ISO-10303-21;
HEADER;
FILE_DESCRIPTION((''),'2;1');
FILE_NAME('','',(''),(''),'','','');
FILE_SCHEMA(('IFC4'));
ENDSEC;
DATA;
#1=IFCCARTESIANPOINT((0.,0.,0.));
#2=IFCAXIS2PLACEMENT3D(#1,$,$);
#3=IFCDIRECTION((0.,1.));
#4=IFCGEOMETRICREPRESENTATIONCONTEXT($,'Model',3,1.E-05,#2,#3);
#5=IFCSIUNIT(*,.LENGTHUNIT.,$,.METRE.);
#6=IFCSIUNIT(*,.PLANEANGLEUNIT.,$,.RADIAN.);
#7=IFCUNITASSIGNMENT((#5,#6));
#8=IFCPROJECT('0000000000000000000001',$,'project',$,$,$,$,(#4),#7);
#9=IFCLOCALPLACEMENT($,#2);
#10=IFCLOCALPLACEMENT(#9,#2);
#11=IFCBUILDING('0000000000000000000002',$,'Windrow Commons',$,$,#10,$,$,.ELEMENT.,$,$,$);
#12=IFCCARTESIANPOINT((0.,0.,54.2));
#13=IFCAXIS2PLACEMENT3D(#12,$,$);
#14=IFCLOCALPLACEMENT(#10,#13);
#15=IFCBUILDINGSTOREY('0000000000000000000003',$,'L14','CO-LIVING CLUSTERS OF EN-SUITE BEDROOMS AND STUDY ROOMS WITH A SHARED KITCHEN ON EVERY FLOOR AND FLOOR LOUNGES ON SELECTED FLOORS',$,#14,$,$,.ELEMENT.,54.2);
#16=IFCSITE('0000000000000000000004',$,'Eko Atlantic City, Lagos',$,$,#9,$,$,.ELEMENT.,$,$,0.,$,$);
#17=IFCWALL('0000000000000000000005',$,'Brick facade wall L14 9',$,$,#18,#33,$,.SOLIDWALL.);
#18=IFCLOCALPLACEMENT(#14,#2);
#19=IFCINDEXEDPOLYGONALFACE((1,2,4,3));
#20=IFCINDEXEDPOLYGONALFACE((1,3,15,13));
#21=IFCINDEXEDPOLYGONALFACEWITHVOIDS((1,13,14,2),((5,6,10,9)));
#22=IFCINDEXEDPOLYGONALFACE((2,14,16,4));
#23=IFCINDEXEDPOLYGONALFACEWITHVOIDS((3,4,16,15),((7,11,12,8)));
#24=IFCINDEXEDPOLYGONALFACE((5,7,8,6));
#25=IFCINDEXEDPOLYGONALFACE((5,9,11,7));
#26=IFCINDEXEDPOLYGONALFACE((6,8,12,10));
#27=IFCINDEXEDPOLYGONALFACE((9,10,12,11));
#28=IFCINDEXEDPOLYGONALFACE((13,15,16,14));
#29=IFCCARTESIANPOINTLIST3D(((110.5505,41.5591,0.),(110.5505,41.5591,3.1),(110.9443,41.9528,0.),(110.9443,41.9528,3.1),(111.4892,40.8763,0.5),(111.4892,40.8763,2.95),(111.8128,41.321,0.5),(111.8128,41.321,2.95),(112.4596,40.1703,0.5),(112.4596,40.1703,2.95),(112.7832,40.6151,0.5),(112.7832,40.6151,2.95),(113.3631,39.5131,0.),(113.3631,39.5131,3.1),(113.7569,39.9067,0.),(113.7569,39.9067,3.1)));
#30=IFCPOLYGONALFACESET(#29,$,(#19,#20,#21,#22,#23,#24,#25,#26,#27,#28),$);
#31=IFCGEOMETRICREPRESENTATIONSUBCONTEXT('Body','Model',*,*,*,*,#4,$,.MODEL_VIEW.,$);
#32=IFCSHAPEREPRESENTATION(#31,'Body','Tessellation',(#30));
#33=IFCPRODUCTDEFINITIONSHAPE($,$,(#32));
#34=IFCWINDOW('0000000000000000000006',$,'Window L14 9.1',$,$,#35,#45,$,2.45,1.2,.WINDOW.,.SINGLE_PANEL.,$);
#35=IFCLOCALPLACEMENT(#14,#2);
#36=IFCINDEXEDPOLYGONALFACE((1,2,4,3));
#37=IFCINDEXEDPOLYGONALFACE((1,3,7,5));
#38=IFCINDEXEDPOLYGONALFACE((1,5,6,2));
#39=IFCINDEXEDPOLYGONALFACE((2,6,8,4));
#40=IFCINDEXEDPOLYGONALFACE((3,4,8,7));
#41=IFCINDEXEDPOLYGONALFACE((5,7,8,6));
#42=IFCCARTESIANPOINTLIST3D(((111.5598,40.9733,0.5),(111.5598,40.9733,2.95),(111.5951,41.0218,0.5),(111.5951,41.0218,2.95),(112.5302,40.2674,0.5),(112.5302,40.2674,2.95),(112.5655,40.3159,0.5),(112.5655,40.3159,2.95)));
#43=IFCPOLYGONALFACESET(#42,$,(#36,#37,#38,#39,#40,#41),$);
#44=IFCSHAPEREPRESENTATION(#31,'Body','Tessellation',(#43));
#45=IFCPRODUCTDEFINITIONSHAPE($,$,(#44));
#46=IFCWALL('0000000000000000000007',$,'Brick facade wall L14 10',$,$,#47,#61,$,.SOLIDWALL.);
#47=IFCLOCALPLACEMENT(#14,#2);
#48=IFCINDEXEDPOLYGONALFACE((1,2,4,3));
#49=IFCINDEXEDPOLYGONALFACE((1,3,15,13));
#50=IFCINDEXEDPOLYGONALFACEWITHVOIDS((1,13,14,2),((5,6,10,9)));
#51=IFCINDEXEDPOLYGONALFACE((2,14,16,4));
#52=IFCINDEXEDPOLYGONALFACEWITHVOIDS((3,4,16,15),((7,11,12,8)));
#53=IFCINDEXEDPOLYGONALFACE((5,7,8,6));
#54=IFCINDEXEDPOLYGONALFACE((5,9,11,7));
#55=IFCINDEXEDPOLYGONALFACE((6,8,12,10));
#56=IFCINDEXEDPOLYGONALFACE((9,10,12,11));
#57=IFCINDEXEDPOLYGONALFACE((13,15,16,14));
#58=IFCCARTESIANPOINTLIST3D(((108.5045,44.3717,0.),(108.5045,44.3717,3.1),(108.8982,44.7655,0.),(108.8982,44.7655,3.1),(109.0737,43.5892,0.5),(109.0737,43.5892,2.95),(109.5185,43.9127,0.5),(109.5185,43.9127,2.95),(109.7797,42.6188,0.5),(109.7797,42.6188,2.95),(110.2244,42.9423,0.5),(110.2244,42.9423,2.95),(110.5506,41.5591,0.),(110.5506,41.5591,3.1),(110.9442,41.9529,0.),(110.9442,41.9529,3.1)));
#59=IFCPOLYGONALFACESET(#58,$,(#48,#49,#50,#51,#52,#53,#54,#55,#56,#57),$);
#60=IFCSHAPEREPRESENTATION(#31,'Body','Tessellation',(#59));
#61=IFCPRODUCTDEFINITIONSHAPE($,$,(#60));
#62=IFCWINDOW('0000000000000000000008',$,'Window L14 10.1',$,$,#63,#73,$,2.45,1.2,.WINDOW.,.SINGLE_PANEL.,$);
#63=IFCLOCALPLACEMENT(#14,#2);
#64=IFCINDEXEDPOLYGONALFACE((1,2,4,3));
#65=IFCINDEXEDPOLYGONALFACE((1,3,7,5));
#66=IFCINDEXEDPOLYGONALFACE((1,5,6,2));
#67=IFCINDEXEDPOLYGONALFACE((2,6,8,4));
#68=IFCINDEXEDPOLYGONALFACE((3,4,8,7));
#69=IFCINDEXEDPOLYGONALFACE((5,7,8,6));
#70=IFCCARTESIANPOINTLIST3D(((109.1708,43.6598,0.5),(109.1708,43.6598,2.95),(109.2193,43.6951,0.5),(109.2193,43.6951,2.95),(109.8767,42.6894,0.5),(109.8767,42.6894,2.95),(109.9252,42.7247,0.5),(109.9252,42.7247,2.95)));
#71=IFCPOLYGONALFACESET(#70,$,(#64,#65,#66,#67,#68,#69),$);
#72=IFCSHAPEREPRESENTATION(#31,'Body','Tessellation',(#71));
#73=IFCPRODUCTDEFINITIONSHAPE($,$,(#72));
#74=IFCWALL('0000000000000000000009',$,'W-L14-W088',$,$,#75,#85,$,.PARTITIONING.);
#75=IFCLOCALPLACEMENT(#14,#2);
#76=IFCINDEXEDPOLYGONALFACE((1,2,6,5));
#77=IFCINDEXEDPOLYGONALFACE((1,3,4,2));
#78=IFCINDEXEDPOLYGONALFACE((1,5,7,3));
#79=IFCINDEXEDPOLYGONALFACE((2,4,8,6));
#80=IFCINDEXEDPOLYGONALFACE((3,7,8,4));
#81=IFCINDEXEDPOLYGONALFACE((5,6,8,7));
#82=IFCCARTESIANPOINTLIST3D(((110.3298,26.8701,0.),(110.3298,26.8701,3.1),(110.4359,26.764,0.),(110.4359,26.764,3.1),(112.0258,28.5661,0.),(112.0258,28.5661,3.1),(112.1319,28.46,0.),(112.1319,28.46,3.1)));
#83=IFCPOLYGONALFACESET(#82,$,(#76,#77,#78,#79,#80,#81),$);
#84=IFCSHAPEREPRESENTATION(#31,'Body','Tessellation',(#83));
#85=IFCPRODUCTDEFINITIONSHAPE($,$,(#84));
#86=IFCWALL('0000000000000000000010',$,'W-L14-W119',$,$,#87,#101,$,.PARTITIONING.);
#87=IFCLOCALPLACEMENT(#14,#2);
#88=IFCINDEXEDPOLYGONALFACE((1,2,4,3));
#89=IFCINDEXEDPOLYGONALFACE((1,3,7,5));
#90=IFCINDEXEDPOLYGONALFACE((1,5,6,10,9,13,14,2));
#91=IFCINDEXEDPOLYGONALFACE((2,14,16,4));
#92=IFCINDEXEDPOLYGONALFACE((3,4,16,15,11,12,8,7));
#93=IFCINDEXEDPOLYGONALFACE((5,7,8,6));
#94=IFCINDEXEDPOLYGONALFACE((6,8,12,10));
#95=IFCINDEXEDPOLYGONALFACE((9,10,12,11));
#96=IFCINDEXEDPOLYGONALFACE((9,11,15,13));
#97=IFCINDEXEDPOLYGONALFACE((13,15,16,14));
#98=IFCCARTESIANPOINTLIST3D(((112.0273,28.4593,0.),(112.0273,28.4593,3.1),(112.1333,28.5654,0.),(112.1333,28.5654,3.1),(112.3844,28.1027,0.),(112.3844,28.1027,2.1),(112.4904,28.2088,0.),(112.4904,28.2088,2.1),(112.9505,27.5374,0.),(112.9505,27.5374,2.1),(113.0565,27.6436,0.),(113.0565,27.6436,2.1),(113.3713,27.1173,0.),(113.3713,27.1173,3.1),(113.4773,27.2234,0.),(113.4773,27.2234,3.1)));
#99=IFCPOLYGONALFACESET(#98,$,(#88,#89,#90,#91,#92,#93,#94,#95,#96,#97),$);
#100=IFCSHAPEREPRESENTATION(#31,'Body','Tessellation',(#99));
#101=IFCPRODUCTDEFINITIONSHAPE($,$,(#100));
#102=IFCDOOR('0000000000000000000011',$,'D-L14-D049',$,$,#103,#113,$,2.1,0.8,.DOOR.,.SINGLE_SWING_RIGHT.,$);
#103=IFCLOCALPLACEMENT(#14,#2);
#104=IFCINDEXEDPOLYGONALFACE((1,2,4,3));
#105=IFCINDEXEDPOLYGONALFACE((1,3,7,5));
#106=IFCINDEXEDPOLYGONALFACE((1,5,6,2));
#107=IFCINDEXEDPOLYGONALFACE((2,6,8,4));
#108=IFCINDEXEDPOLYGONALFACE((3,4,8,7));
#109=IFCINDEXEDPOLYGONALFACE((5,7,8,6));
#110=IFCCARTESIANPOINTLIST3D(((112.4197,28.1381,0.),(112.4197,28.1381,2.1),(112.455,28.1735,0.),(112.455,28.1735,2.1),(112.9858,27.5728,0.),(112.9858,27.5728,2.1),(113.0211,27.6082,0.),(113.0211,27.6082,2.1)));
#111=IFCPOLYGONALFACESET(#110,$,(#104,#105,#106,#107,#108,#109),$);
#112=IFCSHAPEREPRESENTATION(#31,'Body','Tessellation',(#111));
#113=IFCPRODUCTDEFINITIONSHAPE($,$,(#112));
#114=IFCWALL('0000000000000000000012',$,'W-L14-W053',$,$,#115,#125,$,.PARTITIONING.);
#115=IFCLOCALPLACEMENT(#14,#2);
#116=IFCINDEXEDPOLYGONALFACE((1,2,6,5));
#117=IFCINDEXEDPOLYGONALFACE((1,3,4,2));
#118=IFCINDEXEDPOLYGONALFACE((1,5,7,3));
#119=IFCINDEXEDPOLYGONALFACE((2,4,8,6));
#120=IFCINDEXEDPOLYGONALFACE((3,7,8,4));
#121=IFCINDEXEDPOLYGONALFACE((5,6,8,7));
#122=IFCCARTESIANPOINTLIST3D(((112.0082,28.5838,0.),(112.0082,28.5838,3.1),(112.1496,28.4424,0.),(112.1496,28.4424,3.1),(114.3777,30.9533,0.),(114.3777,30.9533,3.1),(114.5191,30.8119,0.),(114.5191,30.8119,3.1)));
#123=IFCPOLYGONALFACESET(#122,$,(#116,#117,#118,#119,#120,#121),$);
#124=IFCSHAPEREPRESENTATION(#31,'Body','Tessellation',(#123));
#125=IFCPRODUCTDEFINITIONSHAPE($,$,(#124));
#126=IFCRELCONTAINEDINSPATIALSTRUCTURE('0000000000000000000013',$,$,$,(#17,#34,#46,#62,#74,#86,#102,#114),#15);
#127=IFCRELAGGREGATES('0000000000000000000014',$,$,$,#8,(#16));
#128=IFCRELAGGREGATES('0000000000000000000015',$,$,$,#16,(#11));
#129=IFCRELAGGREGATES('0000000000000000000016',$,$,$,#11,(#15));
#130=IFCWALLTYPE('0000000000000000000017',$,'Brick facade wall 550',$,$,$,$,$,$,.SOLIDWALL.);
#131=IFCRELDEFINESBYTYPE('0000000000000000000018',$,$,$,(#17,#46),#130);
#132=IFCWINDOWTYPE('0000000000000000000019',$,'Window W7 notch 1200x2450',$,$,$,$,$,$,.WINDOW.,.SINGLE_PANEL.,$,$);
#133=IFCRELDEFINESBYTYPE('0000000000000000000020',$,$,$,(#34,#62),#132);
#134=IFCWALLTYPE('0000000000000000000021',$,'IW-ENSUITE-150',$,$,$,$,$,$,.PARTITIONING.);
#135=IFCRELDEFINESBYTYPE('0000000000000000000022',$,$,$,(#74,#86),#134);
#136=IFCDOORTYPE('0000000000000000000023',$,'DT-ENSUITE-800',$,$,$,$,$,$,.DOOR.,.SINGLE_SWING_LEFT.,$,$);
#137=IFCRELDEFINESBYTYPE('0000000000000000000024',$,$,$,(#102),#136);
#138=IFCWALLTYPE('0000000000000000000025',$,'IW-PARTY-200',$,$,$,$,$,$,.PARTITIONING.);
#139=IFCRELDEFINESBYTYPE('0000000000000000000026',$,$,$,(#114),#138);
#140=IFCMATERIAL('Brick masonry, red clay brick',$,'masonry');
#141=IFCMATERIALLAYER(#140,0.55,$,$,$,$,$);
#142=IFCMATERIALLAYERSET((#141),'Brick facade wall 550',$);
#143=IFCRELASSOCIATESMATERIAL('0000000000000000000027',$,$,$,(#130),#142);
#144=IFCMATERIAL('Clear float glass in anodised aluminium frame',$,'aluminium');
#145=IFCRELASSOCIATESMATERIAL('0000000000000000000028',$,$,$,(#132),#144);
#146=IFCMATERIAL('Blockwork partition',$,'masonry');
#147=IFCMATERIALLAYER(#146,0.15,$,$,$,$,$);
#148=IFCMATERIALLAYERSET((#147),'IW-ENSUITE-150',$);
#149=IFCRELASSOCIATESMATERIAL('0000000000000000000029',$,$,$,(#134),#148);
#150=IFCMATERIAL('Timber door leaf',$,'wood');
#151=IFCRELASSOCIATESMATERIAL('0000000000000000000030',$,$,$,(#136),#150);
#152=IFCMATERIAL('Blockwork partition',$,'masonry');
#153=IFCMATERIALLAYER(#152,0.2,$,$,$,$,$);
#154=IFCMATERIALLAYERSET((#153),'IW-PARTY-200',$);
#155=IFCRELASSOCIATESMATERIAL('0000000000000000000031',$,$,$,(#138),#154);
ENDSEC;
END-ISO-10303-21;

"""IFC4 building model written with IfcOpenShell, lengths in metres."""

from ifc_helpers import new_model, si_unit, direction, frame, frame_2d, origin, place, context, subcontext, project, spatial, polyline, rectangle, outline, extrude, material, layer, layer_set, type_object, element, fill, save


model = new_model("IFC4")

# Units and contexts
model_context = context("Model", 3, precision=1e-05, world=origin(), true_north=direction((0.0, 1.0)))
body_context = subcontext(model_context, "Body", "Model", "MODEL_VIEW")
ifc_project = project(units=[si_unit("LENGTHUNIT", "METRE"), si_unit("PLANEANGLEUNIT", "RADIAN")], contexts=[model_context])

# Site, building, storey
site_placement = place(None, origin())
site = spatial("IfcSite", under=ifc_project, at=site_placement, Name="Eko Atlantic City, Lagos", CompositionType="ELEMENT", RefElevation=0.0)
building_placement = place(site_placement, origin())
building = spatial("IfcBuilding", under=site, at=building_placement, Name="Windrow Commons", CompositionType="ELEMENT")
storey_placement = place(building_placement, frame((0.0, 0.0, 54.2)))
storey = spatial("IfcBuildingStorey", under=building, at=storey_placement, Name="L14", Description="CO-LIVING CLUSTERS OF EN-SUITE BEDROOMS AND STUDY ROOMS WITH A SHARED KITCHEN ON EVERY FLOOR AND FLOOR LOUNGES ON SELECTED FLOORS", CompositionType="ELEMENT", Elevation=54.2)

# Walls, openings, windows
ifc_material_1 = material(Name="Brick masonry, red clay brick", Category="masonry")
ifc_layer_1 = layer(ifc_material_1, 0.55)
ifc_layer_set_1 = layer_set([ifc_layer_1], Name="Brick facade wall 550")
wall_type_1 = type_object("IfcWallType", Name="Brick facade wall 550", PredefinedType="SOLIDWALL", material=ifc_layer_set_1)
ifc_material_2 = material(Name="Clear float glass in anodised aluminium frame", Category="aluminium")
window_type_1 = type_object("IfcWindowType", Name="Window W7 notch 1200x2450", PartitioningType="SINGLE_PANEL", PredefinedType="WINDOW", material=ifc_material_2)
wall_1_placement = place(storey_placement, frame((113.56, 39.7099, 0.0), z_axis=(0.0, 0.0, 1.0), x_axis=(-0.808658, 0.588279, 0.0)))
wall_1 = element("IfcWall", 1, at=wall_1_placement, inside=storey, type_object=wall_type_1, Name="Brick facade wall L14 9", PredefinedType="SOLIDWALL", context=body_context, shape_type="SweptSolid", body=[
    extrude(outline(polyline([(-0.0434, -0.275), (3.4347, -0.275), (3.5215, 0.275), (0.0434, 0.275), (-0.0434, -0.275)])), origin(), (0.0, 0.0, 1.0), 3.1),
])
opening_1_placement = place(wall_1_placement, frame((1.1607, 0.0, 0.5)))
opening_1 = element("IfcOpeningElement", 2, at=opening_1_placement, cuts=wall_1, PredefinedType="OPENING", context=body_context, shape_type="SweptSolid", body=[
    extrude(rectangle(XDim=1.2, YDim=2.45, at=frame_2d((0.6, 1.225))), frame((0.0, 0.285, 0.0), z_axis=(0.0, -1.0, 0.0), x_axis=(1.0, 0.0, 0.0)), (0.0, 0.0, 1.0), 0.57),
])
window_1_placement = place(opening_1_placement, origin())
window_1 = element("IfcWindow", 3, at=window_1_placement, inside=storey, type_object=window_type_1, Name="Window L14 9.1", OverallHeight=2.45, OverallWidth=1.2, PartitioningType="SINGLE_PANEL", PredefinedType="WINDOW", context=body_context, shape_type="SweptSolid", body=[
    extrude(rectangle(XDim=1.2, YDim=2.45, at=frame_2d((0.6, 1.225))), frame((0.0, 0.155, 0.0), z_axis=(0.0, -1.0, 0.0), x_axis=(1.0, 0.0, 0.0)), (0.0, 0.0, 1.0), 0.06),
])
fill(opening_1, window_1)
wall_2_placement = place(storey_placement, frame((110.7474, 41.756, 0.0), z_axis=(0.0, 0.0, 1.0), x_axis=(-0.588279, 0.808658, 0.0)))
wall_2 = element("IfcWall", 4, at=wall_2_placement, inside=storey, type_object=wall_type_1, Name="Brick facade wall L14 10", PredefinedType="SOLIDWALL", context=body_context, shape_type="SweptSolid", body=[
    extrude(outline(polyline([(0.0434, -0.275), (3.5215, -0.275), (3.4347, 0.275), (-0.0434, 0.275), (0.0434, -0.275)])), origin(), (0.0, 0.0, 1.0), 3.1),
])
opening_2_placement = place(wall_2_placement, frame((1.267, 0.0, 0.5)))
opening_2 = element("IfcOpeningElement", 5, at=opening_2_placement, cuts=wall_2, PredefinedType="OPENING", context=body_context, shape_type="SweptSolid", body=[
    extrude(rectangle(XDim=1.2, YDim=2.45, at=frame_2d((0.6, 1.225))), frame((0.0, 0.285, 0.0), z_axis=(0.0, -1.0, 0.0), x_axis=(1.0, 0.0, 0.0)), (0.0, 0.0, 1.0), 0.57),
])
window_2_placement = place(opening_2_placement, origin())
window_2 = element("IfcWindow", 6, at=window_2_placement, inside=storey, type_object=window_type_1, Name="Window L14 10.1", OverallHeight=2.45, OverallWidth=1.2, PartitioningType="SINGLE_PANEL", PredefinedType="WINDOW", context=body_context, shape_type="SweptSolid", body=[
    extrude(rectangle(XDim=1.2, YDim=2.45, at=frame_2d((0.6, 1.225))), frame((0.0, 0.155, 0.0), z_axis=(0.0, -1.0, 0.0), x_axis=(1.0, 0.0, 0.0)), (0.0, 0.0, 1.0), 0.06),
])
fill(opening_2, window_2)

# Wall
ifc_material_3 = material(Name="Blockwork partition", Category="masonry")
ifc_layer_2 = layer(ifc_material_3, 0.15)
ifc_layer_set_2 = layer_set([ifc_layer_2], Name="IW-ENSUITE-150")
wall_type_2 = type_object("IfcWallType", Name="IW-ENSUITE-150", PredefinedType="PARTITIONING", material=ifc_layer_set_2)
wall_3_placement = place(storey_placement, frame((110.3829, 26.8171, 0.0), z_axis=(0.0, 0.0, 1.0), x_axis=(0.707107, 0.707107, 0.0)))
element("IfcWall", 7, at=wall_3_placement, inside=storey, type_object=wall_type_2, Name="W-L14-W088", PredefinedType="PARTITIONING", context=body_context, shape_type="SweptSolid", body=[
    extrude(rectangle(XDim=2.3985, YDim=0.15, at=frame_2d((1.1992, 0.0))), origin(), (0.0, 0.0, 1.0), 3.1),
])

# Wall, opening, door
wall_4_placement = place(storey_placement, frame((112.0803, 28.5123, 0.0), z_axis=(0.0, 0.0, 1.0), x_axis=(0.707633, -0.70658, 0.0)))
wall_4 = element("IfcWall", 8, at=wall_4_placement, inside=storey, type_object=wall_type_2, Name="W-L14-W119", PredefinedType="PARTITIONING", context=body_context, shape_type="SweptSolid", body=[
    extrude(rectangle(XDim=1.8993, YDim=0.15, at=frame_2d((0.9496, 0.0))), origin(), (0.0, 0.0, 1.0), 3.1),
])
opening_3_placement = place(wall_4_placement, frame((0.5046, 0.0, 0.0)))
opening_3 = element("IfcOpeningElement", 9, at=opening_3_placement, cuts=wall_4, PredefinedType="OPENING", context=body_context, shape_type="SweptSolid", body=[
    extrude(rectangle(XDim=0.8, YDim=2.1, at=frame_2d((0.4, 1.05))), frame((0.0, 0.085, 0.0), z_axis=(0.0, -1.0, 0.0), x_axis=(1.0, 0.0, 0.0)), (0.0, 0.0, 1.0), 0.17),
])
ifc_material_4 = material(Name="Timber door leaf", Category="wood")
door_type = type_object("IfcDoorType", Name="DT-ENSUITE-800", OperationType="SINGLE_SWING_LEFT", PredefinedType="DOOR", material=ifc_material_4)
door_placement = place(opening_3_placement, origin())
door = element("IfcDoor", 10, at=door_placement, inside=storey, type_object=door_type, Name="D-L14-D049", OperationType="SINGLE_SWING_RIGHT", OverallHeight=2.1, OverallWidth=0.8, PredefinedType="DOOR", context=body_context, shape_type="SweptSolid", body=[
    extrude(rectangle(XDim=0.8, YDim=2.1, at=frame_2d((0.4, 1.05))), frame((0.0, 0.025, 0.0), z_axis=(0.0, -1.0, 0.0), x_axis=(1.0, 0.0, 0.0)), (0.0, 0.0, 1.0), 0.05),
])
fill(opening_3, door)

# Wall
ifc_material_5 = material(Name="Blockwork partition", Category="masonry")
ifc_layer_3 = layer(ifc_material_5, 0.2)
ifc_layer_set_3 = layer_set([ifc_layer_3], Name="IW-PARTY-200")
wall_type_3 = type_object("IfcWallType", Name="IW-PARTY-200", PredefinedType="PARTITIONING", material=ifc_layer_set_3)
wall_5_placement = place(storey_placement, frame((112.0789, 28.5131, 0.0), z_axis=(0.0, 0.0, 1.0), x_axis=(0.707107, 0.707107, 0.0)))
element("IfcWall", 11, at=wall_5_placement, inside=storey, type_object=wall_type_3, Name="W-L14-W053", PredefinedType="PARTITIONING", context=body_context, shape_type="SweptSolid", body=[
    extrude(rectangle(XDim=3.351, YDim=0.2, at=frame_2d((1.6755, 0.0))), origin(), (0.0, 0.0, 1.0), 3.1),
])

save(model, "model.ifc")
